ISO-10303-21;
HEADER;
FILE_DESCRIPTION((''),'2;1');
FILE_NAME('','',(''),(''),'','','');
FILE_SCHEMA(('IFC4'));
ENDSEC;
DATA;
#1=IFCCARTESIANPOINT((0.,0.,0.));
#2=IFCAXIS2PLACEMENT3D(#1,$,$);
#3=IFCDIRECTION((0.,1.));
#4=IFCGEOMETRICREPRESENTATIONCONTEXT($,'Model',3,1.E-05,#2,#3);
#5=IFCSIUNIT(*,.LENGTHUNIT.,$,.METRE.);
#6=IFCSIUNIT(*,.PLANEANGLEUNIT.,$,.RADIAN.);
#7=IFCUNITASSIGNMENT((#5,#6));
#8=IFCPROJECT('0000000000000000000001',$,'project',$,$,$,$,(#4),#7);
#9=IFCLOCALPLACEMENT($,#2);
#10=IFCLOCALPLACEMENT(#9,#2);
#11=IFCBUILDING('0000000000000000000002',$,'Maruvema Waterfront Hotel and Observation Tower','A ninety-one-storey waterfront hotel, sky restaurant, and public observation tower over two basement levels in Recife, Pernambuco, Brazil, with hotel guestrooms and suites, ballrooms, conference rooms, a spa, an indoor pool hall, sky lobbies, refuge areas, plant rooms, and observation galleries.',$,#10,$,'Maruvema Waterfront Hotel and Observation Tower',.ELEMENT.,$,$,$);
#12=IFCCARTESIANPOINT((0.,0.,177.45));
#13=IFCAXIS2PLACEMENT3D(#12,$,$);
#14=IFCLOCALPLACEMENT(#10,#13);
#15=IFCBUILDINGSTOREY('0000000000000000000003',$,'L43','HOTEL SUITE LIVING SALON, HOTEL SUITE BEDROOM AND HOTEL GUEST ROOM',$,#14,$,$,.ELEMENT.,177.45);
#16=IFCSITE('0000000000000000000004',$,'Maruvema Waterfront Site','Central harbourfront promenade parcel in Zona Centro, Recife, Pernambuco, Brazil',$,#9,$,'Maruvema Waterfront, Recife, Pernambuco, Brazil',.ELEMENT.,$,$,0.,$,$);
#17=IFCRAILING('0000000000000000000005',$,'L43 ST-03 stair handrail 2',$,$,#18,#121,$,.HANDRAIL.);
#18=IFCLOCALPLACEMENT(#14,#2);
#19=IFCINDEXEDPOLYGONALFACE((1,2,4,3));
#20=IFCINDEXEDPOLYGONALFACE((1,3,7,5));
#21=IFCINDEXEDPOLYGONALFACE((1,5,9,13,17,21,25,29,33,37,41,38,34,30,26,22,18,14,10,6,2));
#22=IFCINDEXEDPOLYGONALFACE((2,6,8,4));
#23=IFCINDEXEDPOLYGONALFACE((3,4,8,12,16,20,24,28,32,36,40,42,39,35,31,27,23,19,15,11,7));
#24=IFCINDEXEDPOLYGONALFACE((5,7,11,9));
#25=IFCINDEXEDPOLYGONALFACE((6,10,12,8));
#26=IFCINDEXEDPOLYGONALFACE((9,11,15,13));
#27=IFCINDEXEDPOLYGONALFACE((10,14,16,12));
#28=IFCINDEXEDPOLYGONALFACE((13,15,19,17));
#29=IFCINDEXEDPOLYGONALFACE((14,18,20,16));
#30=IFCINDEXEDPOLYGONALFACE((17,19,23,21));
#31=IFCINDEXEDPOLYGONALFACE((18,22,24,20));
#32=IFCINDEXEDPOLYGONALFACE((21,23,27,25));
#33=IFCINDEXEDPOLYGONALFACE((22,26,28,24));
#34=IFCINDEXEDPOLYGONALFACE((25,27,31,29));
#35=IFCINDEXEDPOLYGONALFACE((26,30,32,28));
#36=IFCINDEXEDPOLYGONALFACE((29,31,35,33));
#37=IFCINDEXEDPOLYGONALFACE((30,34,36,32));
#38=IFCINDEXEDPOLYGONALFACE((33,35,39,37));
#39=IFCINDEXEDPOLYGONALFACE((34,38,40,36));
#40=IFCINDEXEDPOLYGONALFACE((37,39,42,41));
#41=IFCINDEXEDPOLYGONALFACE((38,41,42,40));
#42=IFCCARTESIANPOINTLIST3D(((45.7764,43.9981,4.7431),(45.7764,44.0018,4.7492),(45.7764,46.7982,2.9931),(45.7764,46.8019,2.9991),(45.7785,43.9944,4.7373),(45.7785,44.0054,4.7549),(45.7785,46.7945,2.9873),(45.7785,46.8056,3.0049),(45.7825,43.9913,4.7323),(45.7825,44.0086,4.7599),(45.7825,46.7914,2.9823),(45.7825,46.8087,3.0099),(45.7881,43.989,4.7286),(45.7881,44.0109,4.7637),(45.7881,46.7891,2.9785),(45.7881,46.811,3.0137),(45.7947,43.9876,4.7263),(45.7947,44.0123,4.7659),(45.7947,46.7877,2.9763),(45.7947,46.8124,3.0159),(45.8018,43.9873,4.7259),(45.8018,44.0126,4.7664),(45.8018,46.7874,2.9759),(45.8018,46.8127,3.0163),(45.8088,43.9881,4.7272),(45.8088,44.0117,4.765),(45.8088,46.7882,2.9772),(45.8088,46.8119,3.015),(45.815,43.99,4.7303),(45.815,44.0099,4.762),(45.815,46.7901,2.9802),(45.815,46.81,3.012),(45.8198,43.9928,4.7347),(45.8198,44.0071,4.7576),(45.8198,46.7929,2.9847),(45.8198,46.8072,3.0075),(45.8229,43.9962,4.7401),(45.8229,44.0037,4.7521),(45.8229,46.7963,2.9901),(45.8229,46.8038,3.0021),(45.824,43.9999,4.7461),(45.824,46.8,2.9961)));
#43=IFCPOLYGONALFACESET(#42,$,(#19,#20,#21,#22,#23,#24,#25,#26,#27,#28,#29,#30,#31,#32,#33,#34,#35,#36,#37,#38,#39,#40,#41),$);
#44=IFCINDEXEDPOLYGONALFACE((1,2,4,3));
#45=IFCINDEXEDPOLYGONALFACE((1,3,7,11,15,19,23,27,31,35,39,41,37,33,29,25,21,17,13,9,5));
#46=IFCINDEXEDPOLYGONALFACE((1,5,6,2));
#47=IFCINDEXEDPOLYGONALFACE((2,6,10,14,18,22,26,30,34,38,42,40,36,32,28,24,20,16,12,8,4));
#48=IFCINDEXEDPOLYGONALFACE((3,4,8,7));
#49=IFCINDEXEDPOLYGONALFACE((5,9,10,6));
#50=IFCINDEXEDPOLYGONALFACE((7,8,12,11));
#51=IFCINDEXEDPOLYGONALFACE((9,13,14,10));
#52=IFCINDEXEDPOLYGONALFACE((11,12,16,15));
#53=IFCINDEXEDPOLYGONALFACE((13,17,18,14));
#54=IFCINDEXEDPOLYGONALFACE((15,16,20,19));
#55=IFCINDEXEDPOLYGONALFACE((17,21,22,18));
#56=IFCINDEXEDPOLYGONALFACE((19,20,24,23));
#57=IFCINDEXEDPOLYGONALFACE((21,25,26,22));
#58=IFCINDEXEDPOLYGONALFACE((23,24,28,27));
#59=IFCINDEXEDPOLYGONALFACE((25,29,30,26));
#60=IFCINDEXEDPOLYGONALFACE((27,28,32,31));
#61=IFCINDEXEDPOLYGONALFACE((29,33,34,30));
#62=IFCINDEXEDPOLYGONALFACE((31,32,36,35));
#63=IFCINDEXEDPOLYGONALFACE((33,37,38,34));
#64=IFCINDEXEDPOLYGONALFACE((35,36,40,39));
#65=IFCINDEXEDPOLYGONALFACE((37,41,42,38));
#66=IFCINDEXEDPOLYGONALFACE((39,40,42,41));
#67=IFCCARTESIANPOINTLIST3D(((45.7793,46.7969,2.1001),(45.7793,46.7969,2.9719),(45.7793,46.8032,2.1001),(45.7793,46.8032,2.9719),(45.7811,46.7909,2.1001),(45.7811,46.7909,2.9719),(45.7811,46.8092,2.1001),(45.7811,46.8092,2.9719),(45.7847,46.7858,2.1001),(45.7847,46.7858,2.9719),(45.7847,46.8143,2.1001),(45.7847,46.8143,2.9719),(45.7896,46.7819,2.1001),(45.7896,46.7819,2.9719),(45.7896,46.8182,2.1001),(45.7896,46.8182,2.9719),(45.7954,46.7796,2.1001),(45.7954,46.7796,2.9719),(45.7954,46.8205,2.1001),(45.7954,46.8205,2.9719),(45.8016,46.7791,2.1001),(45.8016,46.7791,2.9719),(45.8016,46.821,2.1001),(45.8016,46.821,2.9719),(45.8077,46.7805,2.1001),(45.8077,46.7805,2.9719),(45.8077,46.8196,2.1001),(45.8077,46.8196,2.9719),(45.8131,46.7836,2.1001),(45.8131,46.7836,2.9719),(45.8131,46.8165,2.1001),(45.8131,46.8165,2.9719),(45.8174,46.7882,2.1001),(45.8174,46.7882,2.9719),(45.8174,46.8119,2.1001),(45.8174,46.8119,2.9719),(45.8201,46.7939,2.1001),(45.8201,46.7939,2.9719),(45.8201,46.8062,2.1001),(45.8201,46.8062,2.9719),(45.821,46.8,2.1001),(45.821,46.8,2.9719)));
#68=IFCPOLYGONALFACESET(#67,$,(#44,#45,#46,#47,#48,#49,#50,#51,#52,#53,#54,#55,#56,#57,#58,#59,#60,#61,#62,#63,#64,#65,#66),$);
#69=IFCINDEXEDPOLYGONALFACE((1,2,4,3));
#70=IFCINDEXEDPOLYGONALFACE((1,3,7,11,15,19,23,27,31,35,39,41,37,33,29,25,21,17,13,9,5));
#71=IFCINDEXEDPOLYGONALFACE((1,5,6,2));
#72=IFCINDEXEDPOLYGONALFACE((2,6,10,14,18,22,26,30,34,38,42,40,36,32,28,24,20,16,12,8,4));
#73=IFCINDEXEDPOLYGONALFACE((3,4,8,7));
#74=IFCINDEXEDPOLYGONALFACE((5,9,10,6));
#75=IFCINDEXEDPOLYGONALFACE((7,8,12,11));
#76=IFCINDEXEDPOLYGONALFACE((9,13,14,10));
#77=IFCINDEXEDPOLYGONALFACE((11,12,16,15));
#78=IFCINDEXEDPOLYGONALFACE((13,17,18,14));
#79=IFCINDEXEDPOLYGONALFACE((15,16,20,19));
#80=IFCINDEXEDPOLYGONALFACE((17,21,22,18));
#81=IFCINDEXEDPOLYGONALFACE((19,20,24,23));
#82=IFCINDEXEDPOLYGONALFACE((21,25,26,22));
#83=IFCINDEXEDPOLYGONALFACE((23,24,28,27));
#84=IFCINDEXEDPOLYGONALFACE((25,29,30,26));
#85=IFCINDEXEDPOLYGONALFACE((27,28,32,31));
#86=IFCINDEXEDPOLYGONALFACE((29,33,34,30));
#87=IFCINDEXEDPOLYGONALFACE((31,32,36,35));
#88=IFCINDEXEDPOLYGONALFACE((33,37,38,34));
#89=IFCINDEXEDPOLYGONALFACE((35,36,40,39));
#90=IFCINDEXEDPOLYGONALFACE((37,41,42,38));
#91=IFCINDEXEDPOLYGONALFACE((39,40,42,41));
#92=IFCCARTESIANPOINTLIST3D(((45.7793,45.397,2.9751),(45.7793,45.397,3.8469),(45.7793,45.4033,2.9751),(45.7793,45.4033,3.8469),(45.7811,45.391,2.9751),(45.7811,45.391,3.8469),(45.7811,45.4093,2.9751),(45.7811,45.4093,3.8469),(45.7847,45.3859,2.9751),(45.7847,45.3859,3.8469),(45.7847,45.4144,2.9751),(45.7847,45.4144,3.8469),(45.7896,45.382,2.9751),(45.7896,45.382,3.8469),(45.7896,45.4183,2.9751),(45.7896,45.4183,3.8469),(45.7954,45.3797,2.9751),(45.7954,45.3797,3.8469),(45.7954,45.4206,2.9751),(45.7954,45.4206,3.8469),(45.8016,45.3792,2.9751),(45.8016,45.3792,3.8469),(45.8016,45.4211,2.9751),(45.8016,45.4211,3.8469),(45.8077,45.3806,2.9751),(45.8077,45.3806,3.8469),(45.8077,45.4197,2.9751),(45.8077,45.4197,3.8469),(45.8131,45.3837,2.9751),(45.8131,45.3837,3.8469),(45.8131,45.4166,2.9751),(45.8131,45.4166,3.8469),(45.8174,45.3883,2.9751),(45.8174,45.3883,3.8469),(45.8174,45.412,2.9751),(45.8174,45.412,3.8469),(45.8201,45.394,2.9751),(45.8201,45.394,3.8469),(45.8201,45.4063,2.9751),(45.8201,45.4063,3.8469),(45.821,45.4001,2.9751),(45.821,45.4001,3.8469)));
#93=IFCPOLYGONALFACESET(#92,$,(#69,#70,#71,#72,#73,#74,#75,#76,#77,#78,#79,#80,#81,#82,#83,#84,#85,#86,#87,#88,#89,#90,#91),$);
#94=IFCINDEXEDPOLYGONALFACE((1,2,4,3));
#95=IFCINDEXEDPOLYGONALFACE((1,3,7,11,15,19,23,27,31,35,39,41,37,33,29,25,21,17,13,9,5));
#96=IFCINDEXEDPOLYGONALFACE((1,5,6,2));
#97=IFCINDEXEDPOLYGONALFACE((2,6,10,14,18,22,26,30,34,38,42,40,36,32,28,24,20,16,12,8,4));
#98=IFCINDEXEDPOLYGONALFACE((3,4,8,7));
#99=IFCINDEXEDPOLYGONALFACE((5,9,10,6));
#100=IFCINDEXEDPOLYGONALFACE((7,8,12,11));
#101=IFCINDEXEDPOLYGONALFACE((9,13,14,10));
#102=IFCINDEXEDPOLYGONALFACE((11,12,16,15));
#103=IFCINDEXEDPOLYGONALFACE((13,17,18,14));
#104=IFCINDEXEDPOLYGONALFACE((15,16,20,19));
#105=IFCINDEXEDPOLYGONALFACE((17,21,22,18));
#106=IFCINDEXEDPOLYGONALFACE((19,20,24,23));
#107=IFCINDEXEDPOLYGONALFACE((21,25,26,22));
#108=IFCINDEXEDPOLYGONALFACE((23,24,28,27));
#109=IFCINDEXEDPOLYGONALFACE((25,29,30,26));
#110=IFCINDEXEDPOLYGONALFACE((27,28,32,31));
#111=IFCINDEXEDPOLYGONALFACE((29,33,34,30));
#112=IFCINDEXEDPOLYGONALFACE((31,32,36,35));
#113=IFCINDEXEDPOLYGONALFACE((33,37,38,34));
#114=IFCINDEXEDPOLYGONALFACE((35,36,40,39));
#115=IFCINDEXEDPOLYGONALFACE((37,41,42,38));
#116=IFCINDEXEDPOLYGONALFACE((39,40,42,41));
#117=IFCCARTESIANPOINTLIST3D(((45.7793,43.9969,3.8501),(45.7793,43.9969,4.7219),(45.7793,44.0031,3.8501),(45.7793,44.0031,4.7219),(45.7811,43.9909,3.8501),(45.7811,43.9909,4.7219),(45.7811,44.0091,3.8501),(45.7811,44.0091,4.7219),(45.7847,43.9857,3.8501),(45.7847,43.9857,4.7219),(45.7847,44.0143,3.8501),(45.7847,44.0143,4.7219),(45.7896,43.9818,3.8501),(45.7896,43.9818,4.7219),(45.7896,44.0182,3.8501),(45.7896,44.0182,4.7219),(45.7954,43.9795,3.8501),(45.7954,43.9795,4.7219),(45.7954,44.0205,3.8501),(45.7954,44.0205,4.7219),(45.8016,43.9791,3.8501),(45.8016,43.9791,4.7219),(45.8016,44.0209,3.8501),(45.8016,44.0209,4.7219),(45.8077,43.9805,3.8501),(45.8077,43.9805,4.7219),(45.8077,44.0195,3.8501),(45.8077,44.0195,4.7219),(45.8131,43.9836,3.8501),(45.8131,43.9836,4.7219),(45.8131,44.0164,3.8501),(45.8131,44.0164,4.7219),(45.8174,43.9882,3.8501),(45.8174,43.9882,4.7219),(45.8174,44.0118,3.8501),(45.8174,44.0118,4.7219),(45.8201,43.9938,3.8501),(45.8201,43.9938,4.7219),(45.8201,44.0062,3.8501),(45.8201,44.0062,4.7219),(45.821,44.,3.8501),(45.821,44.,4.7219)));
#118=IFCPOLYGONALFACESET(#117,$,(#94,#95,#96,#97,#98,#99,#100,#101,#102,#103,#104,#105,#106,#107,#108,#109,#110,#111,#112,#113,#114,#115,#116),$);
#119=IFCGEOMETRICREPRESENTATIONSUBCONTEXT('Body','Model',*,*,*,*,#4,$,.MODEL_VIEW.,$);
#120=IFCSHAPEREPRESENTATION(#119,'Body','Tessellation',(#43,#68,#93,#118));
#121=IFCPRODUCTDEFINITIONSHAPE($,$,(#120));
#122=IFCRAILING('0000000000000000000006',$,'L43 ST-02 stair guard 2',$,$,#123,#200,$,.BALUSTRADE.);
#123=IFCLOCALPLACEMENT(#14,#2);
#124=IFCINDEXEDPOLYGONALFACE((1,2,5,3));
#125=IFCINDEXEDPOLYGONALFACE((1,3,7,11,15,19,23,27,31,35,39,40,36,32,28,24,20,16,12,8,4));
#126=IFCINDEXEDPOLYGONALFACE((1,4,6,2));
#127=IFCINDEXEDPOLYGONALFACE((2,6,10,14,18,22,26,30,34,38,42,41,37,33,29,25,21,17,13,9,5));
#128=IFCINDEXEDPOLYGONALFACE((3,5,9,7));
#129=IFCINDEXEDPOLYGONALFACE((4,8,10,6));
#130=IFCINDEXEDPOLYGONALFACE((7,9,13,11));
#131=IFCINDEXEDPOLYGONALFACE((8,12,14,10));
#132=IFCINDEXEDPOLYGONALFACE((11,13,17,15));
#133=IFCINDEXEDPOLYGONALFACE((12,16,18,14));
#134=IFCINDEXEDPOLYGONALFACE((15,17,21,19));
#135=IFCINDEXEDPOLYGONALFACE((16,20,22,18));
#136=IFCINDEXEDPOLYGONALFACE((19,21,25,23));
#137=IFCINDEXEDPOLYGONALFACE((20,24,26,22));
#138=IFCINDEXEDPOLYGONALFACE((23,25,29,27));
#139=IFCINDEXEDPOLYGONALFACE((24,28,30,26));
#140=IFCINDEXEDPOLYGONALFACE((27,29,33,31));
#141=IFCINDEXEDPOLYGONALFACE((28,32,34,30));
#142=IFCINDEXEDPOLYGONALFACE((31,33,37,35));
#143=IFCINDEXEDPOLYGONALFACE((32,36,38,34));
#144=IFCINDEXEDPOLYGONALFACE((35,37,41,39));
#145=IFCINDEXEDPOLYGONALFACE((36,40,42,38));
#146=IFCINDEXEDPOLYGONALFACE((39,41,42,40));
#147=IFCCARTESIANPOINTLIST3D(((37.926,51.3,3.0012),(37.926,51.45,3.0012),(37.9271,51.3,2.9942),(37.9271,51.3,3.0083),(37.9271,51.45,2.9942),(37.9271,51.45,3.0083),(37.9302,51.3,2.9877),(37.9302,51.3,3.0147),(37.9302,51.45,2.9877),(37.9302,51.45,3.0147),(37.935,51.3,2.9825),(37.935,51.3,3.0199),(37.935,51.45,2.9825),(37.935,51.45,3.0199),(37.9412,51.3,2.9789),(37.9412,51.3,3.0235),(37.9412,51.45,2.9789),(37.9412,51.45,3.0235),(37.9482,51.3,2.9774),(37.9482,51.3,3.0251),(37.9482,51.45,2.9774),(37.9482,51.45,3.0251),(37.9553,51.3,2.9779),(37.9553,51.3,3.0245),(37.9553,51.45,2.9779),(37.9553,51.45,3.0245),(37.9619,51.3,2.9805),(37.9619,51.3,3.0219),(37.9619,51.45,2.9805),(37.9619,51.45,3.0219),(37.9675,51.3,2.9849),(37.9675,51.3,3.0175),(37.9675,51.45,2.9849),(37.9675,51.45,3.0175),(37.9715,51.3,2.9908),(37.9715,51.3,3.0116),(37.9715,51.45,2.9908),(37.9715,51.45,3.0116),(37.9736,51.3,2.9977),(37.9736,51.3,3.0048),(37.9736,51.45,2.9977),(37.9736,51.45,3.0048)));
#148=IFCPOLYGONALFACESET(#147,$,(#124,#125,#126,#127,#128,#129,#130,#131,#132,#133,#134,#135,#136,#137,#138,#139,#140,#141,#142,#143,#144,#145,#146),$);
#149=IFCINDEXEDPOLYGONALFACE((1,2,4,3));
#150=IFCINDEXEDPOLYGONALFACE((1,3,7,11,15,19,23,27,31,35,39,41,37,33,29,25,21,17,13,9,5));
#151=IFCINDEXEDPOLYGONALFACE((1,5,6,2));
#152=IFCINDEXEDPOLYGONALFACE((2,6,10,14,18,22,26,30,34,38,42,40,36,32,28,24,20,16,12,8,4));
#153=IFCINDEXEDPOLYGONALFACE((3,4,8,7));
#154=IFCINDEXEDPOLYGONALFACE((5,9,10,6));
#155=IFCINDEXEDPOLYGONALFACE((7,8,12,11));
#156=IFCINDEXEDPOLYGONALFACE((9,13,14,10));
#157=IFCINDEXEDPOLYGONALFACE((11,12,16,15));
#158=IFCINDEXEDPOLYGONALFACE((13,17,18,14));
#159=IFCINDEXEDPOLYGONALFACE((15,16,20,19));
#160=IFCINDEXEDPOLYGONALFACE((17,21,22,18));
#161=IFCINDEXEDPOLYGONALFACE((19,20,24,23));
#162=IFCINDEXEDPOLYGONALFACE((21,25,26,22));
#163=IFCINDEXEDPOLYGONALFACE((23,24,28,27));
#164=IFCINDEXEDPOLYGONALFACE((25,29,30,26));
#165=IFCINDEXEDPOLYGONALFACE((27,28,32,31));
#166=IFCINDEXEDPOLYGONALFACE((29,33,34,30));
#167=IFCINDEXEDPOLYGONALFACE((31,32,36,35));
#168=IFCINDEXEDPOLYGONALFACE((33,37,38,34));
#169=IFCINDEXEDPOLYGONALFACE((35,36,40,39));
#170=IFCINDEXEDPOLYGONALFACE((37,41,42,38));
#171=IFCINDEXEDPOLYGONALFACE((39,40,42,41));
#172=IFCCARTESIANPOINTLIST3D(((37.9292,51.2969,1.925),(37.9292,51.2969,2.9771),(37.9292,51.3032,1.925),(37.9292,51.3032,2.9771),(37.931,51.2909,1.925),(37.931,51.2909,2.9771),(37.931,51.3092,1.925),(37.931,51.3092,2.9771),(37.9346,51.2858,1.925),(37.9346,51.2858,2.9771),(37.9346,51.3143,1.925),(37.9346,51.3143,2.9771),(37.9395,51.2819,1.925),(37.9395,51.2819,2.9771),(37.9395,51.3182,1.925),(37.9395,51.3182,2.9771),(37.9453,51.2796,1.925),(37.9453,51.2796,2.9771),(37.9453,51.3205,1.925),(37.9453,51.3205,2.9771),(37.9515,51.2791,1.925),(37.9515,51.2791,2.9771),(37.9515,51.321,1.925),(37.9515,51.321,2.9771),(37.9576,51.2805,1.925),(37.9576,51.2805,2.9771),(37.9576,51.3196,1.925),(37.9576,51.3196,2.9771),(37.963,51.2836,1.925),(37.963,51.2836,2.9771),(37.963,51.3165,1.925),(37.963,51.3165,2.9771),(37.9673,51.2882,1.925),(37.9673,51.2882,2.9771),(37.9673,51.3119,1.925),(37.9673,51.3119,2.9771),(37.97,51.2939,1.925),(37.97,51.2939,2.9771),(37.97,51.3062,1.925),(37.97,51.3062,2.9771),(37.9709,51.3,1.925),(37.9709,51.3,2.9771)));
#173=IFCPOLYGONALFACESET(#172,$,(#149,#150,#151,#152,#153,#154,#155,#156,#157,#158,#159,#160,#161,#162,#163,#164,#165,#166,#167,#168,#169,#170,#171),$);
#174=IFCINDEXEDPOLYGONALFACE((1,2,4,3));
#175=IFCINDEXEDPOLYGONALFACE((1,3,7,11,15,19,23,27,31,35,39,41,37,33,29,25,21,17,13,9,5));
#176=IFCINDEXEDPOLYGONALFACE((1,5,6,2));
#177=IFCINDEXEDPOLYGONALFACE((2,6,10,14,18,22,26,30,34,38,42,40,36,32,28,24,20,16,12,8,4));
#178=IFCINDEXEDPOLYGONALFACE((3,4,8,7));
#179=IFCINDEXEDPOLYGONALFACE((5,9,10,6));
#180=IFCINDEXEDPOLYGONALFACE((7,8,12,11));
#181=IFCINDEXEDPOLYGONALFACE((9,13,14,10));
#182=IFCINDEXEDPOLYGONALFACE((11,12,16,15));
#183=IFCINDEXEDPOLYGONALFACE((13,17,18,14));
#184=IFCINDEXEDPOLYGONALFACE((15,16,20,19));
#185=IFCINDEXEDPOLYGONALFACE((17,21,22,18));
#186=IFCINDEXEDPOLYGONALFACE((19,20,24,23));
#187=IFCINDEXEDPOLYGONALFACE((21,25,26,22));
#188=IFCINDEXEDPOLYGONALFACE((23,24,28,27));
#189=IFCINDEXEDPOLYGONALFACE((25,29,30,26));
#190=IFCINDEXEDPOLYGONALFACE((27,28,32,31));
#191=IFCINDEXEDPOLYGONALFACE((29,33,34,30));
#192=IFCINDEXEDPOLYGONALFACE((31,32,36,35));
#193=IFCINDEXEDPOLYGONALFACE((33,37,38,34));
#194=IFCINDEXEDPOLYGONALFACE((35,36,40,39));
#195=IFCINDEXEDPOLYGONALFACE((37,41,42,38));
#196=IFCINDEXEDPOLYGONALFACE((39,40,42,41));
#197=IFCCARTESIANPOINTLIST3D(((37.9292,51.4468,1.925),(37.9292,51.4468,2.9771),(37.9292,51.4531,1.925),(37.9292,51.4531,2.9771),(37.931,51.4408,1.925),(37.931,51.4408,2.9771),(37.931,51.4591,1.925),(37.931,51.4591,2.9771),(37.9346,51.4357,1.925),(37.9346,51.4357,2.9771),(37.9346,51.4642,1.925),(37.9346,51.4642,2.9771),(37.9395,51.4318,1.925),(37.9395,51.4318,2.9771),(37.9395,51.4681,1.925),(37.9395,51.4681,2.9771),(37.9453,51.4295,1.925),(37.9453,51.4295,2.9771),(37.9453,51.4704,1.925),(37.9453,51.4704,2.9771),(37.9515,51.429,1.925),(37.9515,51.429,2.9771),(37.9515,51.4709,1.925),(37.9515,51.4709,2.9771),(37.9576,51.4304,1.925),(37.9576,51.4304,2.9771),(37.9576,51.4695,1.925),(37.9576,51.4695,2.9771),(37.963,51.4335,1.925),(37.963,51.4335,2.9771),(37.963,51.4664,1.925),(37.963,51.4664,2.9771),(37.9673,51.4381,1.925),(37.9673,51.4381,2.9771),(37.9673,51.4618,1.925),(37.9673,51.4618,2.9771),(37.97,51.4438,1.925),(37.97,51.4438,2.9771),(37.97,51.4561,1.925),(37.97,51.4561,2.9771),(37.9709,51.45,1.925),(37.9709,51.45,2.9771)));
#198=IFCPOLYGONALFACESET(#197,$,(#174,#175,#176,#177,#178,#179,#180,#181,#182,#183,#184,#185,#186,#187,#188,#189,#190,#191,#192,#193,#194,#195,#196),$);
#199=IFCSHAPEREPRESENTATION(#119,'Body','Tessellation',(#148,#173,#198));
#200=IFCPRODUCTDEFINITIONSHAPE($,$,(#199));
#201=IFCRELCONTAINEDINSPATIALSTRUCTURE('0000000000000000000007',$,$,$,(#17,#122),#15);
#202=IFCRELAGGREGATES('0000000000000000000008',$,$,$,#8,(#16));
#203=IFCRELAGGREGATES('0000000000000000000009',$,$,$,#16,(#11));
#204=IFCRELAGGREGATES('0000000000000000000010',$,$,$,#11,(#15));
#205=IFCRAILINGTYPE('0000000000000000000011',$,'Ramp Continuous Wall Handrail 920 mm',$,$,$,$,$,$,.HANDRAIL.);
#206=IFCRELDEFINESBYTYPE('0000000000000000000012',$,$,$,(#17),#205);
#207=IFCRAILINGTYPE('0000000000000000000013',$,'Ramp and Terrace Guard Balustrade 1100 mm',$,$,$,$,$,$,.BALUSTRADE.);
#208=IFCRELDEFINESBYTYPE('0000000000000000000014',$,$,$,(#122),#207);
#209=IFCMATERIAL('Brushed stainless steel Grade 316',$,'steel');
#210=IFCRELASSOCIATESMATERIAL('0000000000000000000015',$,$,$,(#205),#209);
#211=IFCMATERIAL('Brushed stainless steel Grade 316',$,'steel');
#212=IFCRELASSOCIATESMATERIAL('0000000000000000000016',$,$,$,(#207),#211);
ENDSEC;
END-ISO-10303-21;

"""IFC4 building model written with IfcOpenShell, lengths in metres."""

from ifc_helpers import new_model, si_unit, direction, frame, origin, origin_2d, place, context, subcontext, project, spatial, circle, extrude, material, type_object, element, save


model = new_model("IFC4")

# Units and contexts
model_context = context("Model", 3, precision=1e-05, world=origin(), true_north=direction((0.0, 1.0)))
body_context = subcontext(model_context, "Body", "Model", "MODEL_VIEW")
ifc_project = project(units=[si_unit("LENGTHUNIT", "METRE"), si_unit("PLANEANGLEUNIT", "RADIAN")], contexts=[model_context])

# Site, building, storey
site_placement = place(None, origin())
site = spatial("IfcSite", under=ifc_project, at=site_placement, Name="Maruvema Waterfront Site", Description="Central harbourfront promenade parcel in Zona Centro, Recife, Pernambuco, Brazil", LongName="Maruvema Waterfront, Recife, Pernambuco, Brazil", CompositionType="ELEMENT", RefElevation=0.0)
building_placement = place(site_placement, origin())
building = spatial("IfcBuilding", under=site, at=building_placement, Name="Maruvema Waterfront Hotel and Observation Tower", Description="A ninety-one-storey waterfront hotel, sky restaurant, and public observation tower over two basement levels in Recife, Pernambuco, Brazil, with hotel guestrooms and suites, ballrooms, conference rooms, a spa, an indoor pool hall, sky lobbies, refuge areas, plant rooms, and observation galleries.", LongName="Maruvema Waterfront Hotel and Observation Tower", CompositionType="ELEMENT")
storey_placement = place(building_placement, frame((0.0, 0.0, 177.45)))
storey = spatial("IfcBuildingStorey", under=building, at=storey_placement, Name="L43", Description="HOTEL SUITE LIVING SALON, HOTEL SUITE BEDROOM AND HOTEL GUEST ROOM", CompositionType="ELEMENT", Elevation=177.45)

# Railings
ifc_material_1 = material(Name="Brushed stainless steel Grade 316", Category="steel")
railing_type_1 = type_object("IfcRailingType", Name="Ramp Continuous Wall Handrail 920 mm", PredefinedType="HANDRAIL", material=ifc_material_1)
railing_1_placement = place(storey_placement, frame((45.8, 46.8, 2.1001)))
element("IfcRailing", 1, at=railing_1_placement, inside=storey, type_object=railing_type_1, Name="L43 ST-03 stair handrail 2", PredefinedType="HANDRAIL", context=body_context, shape_type="SweptSolid", body=[
    extrude(circle(Radius=0.0239, at=origin_2d()), frame((0.0, 0.0, 0.896), z_axis=(0.0, -0.848002, 0.529992), x_axis=(1.0, 0.0, 0.0)), (0.0, 0.0, 1.0), 3.302),
    extrude(circle(Radius=0.021, at=origin_2d()), origin(), (0.0, 0.0, 1.0), 0.8718),
    extrude(circle(Radius=0.021, at=origin_2d()), frame((0.0, -1.3999, 0.875)), (0.0, 0.0, 1.0), 0.8718),
    extrude(circle(Radius=0.021, at=origin_2d()), frame((0.0, -2.8, 1.75)), (0.0, 0.0, 1.0), 0.8718),
])
ifc_material_2 = material(Name="Brushed stainless steel Grade 316", Category="steel")
railing_type_2 = type_object("IfcRailingType", Name="Ramp and Terrace Guard Balustrade 1100 mm", PredefinedType="BALUSTRADE", material=ifc_material_2)
railing_2_placement = place(storey_placement, frame((37.95, 51.3, 1.925)))
element("IfcRailing", 2, at=railing_2_placement, inside=storey, type_object=railing_type_2, Name="L43 ST-02 stair guard 2", PredefinedType="BALUSTRADE", context=body_context, shape_type="SweptSolid", body=[
    extrude(circle(Radius=0.0239, at=origin_2d()), frame((0.0, 0.0, 1.0762), z_axis=(0.0, 1.0, 0.0), x_axis=(-1.0, 0.0, 0.0)), (0.0, 0.0, 1.0), 0.1499),
    extrude(circle(Radius=0.021, at=origin_2d()), origin(), (0.0, 0.0, 1.0), 1.052),
    extrude(circle(Radius=0.021, at=origin_2d()), frame((0.0, 0.1499, 0.0)), (0.0, 0.0, 1.0), 1.052),
])

save(model, "model.ifc")
